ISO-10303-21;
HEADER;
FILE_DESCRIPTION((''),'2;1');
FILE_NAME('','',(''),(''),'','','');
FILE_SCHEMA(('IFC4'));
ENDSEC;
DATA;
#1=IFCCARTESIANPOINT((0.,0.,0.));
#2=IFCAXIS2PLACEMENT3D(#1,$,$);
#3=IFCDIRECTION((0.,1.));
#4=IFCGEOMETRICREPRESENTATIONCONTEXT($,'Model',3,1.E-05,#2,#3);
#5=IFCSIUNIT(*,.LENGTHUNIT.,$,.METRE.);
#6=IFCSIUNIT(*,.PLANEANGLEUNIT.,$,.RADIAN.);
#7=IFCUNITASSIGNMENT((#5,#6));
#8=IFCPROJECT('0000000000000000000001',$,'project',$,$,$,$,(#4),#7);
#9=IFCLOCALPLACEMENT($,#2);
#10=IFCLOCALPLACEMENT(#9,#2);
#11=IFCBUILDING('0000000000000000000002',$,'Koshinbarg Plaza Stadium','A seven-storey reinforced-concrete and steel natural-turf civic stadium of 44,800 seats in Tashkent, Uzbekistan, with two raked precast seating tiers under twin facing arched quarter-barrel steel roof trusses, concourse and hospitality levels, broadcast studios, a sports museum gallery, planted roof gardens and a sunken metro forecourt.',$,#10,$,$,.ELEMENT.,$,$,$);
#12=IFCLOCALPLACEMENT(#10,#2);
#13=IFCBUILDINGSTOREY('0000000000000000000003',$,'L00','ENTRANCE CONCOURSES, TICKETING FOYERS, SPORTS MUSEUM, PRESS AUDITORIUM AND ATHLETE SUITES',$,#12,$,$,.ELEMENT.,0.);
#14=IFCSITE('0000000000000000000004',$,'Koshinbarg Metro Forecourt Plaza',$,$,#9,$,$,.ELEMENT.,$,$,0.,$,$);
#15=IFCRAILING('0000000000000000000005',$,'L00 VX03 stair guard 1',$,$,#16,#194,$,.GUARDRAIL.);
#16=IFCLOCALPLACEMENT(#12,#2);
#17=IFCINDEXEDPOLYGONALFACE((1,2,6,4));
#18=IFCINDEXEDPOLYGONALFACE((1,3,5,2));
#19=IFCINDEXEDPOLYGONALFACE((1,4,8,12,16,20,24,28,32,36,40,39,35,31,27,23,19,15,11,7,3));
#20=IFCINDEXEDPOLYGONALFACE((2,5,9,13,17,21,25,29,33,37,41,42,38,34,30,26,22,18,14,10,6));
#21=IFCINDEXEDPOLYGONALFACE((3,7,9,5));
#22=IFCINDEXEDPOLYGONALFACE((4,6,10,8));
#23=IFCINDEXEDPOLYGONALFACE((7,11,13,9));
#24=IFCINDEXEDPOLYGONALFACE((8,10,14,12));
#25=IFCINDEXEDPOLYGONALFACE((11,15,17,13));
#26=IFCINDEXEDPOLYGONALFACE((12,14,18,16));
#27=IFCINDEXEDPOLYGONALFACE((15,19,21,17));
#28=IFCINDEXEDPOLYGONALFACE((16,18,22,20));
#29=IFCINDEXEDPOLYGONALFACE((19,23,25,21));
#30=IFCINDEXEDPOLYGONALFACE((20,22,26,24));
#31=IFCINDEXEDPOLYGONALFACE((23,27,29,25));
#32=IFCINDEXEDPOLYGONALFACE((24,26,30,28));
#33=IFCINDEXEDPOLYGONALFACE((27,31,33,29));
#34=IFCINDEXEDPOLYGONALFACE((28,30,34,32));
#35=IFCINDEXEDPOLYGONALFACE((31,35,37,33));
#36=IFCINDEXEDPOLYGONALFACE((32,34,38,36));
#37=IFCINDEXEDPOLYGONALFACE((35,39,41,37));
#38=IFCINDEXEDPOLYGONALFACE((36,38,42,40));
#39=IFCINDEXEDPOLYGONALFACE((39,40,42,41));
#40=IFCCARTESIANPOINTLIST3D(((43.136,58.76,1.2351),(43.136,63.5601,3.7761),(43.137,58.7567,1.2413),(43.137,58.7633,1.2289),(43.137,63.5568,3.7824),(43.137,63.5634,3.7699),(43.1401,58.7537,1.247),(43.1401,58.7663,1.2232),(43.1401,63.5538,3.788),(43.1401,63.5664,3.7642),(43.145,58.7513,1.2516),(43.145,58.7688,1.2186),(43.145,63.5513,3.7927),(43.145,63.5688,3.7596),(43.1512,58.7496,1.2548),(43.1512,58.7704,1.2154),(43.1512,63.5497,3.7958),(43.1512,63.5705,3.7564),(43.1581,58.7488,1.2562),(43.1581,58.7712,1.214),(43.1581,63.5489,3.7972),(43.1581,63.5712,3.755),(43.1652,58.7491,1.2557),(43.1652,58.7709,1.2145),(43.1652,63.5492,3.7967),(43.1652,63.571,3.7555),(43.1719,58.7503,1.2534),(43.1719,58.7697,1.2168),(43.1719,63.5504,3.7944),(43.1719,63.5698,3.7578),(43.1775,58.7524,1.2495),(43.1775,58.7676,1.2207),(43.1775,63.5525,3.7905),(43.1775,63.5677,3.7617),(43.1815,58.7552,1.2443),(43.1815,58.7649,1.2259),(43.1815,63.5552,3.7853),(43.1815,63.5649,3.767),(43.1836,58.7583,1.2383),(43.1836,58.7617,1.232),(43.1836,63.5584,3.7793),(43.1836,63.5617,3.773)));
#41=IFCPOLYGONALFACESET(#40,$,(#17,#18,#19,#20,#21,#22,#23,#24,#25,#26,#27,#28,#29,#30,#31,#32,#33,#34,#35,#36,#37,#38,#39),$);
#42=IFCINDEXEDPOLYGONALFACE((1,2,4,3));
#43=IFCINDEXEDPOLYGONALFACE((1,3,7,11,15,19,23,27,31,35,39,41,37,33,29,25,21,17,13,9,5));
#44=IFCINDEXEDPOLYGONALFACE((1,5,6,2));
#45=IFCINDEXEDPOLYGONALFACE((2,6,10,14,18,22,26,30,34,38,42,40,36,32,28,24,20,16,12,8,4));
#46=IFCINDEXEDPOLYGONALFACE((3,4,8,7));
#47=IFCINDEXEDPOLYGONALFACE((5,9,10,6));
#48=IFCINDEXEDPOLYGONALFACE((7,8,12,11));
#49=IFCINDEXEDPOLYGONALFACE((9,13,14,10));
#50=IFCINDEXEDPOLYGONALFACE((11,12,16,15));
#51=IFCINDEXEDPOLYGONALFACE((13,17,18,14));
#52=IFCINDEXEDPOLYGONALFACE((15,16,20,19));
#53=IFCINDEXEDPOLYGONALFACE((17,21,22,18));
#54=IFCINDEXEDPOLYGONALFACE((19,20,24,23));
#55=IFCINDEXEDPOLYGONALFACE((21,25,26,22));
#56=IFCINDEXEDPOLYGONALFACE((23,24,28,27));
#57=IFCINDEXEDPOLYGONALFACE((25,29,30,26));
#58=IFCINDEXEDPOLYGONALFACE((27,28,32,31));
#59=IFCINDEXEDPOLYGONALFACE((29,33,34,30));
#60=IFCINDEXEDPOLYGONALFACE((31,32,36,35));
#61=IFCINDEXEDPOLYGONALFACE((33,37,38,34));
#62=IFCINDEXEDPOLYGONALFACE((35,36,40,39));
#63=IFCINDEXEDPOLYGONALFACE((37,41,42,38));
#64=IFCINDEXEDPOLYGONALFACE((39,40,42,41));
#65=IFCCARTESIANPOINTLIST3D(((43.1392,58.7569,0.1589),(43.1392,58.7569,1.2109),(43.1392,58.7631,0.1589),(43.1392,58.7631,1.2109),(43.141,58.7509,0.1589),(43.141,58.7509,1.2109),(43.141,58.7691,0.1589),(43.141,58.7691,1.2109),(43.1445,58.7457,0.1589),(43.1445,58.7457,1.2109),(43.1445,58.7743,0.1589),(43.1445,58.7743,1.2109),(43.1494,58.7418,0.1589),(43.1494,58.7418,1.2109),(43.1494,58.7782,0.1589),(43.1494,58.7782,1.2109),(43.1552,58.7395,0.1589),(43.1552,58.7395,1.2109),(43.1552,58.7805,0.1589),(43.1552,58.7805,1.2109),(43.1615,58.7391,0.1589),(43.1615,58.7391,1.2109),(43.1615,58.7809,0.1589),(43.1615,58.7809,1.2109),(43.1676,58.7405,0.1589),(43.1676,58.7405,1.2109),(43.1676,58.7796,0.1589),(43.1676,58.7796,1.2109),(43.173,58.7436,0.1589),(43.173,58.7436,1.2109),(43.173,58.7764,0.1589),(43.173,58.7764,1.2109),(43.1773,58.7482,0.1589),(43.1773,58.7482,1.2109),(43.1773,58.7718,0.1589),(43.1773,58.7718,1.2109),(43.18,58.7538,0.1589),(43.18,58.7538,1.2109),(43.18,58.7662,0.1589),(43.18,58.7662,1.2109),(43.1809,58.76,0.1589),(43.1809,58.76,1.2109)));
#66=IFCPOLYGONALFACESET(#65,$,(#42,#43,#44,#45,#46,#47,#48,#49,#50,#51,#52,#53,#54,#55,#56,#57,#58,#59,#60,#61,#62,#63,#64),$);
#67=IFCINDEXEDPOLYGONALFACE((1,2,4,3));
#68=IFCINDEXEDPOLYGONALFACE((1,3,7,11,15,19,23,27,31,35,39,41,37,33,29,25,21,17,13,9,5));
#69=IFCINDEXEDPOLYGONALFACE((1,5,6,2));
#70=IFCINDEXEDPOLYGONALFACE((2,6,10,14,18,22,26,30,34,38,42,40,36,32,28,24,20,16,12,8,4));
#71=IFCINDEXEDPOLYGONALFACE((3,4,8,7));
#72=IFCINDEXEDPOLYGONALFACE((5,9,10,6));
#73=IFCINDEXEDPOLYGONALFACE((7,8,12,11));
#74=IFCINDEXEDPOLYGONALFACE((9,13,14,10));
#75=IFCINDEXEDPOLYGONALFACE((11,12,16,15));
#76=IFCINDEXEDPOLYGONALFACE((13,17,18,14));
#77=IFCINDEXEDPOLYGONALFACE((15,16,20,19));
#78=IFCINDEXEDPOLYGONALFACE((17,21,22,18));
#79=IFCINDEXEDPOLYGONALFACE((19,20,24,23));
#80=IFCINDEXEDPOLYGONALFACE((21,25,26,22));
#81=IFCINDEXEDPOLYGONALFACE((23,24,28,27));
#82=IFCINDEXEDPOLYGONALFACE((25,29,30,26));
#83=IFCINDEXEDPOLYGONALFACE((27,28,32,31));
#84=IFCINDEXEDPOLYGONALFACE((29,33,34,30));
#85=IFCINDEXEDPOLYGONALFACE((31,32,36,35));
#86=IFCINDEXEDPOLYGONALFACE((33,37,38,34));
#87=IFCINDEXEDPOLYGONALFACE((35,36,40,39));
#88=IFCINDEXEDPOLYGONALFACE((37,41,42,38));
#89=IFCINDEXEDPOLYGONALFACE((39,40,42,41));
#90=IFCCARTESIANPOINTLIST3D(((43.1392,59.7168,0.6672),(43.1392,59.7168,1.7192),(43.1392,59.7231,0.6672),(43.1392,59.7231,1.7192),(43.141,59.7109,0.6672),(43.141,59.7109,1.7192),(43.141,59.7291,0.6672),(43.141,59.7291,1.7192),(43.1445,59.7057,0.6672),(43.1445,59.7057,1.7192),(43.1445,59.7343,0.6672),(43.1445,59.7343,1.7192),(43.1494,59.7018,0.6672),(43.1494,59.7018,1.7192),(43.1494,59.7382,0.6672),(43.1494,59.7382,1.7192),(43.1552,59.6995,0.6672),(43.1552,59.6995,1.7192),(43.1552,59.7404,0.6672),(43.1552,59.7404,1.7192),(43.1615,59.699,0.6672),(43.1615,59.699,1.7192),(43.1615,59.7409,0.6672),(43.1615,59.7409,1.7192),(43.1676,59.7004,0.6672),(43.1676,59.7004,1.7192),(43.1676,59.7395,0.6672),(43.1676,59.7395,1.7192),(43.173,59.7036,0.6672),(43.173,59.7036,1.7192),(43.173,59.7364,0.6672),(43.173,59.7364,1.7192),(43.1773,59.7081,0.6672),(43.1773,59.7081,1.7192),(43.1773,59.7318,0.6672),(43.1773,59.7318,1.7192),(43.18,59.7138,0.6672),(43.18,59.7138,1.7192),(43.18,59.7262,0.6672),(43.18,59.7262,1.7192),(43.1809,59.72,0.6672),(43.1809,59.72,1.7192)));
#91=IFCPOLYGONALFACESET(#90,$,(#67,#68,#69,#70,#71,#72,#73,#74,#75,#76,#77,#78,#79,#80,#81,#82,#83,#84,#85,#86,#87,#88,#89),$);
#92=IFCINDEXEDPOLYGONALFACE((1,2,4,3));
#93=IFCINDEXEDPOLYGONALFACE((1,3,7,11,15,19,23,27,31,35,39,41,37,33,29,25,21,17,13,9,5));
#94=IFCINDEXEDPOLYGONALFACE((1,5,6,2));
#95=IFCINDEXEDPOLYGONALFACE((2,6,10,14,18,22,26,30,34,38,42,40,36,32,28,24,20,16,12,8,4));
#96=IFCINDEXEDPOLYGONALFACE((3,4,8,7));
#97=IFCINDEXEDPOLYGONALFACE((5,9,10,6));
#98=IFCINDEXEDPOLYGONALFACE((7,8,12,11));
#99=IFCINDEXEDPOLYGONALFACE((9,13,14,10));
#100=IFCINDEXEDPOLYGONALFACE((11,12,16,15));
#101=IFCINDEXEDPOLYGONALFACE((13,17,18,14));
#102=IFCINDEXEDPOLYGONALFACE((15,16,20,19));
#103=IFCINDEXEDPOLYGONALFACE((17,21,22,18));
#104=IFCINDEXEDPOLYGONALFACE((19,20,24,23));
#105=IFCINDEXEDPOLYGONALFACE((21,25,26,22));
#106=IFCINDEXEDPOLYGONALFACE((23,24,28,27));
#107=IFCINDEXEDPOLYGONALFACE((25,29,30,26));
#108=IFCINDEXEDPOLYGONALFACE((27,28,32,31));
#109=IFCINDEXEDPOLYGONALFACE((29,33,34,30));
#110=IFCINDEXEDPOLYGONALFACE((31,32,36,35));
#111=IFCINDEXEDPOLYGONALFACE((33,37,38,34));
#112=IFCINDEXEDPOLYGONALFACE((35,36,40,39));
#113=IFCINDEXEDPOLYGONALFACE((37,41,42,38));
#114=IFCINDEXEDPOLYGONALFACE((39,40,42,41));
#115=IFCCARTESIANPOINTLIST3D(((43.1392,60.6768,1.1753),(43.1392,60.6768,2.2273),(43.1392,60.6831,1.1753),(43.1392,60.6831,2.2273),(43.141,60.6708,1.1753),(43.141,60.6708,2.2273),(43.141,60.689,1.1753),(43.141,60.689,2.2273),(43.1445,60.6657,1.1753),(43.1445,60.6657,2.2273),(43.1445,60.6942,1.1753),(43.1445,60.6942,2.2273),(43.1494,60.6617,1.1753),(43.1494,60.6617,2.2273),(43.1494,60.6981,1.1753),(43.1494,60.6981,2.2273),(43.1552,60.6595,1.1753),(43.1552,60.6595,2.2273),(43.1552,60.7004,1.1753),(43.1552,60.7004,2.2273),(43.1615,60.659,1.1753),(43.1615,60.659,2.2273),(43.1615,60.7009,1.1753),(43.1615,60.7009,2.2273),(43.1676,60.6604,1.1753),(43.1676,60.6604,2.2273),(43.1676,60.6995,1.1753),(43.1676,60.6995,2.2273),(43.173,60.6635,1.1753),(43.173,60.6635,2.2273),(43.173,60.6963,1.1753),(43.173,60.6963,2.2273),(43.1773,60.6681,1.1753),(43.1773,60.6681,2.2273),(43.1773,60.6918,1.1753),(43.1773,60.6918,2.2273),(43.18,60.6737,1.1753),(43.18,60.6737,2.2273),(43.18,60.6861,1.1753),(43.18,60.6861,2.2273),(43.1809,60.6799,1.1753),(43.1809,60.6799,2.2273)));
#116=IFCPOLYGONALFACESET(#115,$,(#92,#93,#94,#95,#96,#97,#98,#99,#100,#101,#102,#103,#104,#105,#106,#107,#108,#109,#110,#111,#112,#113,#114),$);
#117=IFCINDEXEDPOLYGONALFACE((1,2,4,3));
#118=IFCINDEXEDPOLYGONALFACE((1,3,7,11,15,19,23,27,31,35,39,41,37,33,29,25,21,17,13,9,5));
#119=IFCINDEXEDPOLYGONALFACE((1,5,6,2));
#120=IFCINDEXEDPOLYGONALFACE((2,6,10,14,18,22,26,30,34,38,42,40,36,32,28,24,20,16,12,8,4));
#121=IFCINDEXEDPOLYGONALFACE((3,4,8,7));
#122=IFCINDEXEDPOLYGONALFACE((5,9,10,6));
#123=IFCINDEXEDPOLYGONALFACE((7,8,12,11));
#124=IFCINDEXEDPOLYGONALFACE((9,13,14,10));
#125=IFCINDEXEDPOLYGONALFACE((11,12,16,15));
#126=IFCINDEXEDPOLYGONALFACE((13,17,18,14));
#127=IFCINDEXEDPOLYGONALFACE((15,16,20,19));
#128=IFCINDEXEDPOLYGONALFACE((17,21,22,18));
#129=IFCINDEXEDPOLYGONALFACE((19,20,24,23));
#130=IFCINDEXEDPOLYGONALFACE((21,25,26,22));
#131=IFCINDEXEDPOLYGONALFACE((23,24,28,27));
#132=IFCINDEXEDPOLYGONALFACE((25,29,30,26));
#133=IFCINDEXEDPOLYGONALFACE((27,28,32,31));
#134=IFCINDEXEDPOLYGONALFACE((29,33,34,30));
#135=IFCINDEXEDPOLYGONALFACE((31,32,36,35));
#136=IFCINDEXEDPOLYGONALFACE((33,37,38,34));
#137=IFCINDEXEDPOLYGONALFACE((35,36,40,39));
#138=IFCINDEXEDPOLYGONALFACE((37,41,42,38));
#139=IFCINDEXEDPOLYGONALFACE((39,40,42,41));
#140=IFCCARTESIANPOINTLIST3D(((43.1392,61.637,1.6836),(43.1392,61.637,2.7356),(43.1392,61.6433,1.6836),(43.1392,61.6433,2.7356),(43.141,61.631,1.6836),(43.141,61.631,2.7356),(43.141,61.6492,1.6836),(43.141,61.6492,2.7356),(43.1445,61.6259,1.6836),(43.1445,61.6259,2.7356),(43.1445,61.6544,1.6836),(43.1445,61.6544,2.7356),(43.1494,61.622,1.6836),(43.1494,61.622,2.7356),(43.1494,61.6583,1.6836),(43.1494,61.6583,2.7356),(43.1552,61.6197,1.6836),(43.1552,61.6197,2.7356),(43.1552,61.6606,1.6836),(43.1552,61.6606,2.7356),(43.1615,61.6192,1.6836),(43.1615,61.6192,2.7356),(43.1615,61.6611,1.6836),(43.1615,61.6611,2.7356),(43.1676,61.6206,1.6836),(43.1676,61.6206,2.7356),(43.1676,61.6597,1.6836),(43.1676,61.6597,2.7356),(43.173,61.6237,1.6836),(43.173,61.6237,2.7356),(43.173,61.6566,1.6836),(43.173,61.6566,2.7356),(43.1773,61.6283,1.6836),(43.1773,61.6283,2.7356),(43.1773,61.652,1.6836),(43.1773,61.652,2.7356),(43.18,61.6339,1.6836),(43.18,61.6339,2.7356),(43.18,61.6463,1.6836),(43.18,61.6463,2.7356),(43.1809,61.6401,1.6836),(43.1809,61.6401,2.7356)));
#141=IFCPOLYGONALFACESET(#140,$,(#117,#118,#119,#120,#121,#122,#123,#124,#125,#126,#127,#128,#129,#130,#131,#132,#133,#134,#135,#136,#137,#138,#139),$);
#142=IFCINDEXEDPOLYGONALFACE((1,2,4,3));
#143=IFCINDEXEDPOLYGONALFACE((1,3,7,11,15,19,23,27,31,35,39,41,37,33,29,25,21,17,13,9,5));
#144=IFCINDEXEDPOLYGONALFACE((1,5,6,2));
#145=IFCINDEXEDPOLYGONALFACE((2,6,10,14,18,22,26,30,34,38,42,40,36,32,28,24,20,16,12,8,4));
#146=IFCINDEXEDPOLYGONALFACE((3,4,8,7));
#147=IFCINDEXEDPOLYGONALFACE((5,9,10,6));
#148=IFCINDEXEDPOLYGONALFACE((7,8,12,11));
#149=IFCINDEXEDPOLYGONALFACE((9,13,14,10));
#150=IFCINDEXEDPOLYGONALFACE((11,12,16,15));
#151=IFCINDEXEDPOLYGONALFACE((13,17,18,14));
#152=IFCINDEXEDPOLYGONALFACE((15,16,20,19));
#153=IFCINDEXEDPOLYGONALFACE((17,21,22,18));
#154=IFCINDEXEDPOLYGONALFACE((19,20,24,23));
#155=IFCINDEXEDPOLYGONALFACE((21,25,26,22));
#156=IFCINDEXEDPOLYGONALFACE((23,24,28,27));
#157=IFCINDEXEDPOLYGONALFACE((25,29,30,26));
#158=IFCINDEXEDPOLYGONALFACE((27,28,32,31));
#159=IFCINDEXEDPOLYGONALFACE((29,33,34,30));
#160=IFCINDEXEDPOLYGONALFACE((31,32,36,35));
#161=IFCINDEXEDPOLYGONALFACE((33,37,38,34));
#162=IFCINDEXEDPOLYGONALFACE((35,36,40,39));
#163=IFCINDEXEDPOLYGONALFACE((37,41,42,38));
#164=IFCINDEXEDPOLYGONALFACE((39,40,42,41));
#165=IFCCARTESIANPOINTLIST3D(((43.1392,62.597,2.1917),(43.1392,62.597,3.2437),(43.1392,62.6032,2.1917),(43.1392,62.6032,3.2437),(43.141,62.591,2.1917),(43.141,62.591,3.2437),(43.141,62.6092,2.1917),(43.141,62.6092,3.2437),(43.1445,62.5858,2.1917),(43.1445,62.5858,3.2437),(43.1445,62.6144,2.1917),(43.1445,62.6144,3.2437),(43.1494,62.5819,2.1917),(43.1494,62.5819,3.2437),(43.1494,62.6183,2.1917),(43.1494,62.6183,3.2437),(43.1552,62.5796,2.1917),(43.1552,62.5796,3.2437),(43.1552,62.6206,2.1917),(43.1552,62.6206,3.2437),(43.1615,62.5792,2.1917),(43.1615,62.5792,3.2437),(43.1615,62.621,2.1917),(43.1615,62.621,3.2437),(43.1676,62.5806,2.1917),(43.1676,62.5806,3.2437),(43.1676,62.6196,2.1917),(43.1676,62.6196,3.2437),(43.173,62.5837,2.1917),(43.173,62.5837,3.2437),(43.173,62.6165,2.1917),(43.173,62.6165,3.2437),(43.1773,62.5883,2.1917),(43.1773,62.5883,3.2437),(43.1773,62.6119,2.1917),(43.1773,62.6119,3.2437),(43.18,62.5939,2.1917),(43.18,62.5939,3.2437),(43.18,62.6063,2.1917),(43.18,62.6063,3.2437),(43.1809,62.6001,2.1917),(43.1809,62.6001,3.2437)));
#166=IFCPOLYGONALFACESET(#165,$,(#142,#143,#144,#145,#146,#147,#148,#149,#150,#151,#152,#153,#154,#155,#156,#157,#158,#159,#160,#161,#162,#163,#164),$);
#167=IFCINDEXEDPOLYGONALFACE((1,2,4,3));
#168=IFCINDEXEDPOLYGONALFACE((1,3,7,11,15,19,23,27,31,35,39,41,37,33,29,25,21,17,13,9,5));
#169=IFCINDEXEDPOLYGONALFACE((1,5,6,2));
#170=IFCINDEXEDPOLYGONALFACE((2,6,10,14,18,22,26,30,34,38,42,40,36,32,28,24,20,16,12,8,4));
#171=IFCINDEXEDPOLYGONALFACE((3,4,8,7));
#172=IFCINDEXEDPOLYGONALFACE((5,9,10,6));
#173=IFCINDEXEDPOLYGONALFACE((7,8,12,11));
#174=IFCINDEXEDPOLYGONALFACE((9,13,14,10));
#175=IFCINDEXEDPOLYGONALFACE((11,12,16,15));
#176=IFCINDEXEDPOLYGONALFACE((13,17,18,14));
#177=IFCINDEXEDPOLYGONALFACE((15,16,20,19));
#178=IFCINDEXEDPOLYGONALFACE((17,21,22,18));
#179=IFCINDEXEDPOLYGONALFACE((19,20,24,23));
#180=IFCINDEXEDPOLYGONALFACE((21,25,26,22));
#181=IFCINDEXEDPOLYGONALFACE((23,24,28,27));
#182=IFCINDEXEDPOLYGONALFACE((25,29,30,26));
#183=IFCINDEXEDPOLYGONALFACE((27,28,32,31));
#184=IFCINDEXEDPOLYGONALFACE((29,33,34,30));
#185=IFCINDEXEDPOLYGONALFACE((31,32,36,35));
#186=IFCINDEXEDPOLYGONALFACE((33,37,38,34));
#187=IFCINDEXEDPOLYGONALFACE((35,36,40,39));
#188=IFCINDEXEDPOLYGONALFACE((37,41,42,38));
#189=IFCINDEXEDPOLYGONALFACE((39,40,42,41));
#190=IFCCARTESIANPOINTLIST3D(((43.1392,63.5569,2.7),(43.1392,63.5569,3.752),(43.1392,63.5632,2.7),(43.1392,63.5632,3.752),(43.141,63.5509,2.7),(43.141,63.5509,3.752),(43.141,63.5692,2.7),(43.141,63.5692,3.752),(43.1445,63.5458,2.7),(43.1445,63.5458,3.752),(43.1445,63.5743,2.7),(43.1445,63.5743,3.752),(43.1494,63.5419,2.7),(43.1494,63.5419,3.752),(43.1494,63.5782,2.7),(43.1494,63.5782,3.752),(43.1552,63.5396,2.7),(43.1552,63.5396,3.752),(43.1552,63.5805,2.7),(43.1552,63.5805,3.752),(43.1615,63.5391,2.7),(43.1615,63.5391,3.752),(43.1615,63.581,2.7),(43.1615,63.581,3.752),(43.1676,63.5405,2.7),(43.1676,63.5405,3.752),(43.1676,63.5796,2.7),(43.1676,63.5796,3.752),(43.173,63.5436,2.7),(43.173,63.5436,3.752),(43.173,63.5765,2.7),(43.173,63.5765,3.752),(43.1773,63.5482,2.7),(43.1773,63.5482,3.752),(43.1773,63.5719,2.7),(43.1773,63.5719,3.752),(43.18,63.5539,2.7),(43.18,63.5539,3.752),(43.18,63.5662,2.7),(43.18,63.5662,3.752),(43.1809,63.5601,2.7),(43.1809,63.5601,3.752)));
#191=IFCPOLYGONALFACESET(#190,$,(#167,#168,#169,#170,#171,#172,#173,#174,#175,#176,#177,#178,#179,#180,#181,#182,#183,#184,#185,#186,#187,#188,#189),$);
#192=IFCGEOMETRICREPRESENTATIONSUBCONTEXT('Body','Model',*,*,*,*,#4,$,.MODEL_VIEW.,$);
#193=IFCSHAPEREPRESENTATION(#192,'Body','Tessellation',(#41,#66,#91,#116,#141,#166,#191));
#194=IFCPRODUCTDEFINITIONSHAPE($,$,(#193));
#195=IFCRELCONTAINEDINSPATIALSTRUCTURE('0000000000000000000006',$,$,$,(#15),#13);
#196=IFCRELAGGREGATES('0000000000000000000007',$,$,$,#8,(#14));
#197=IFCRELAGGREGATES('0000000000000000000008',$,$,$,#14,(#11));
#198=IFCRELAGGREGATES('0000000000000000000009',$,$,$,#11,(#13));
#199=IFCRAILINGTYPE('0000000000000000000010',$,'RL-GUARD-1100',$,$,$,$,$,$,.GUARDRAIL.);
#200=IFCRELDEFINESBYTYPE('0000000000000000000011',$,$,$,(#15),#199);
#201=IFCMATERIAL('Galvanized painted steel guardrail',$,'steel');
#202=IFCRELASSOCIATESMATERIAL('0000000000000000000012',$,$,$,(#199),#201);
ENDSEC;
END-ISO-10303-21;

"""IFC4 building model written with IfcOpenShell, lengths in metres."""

from ifc_helpers import new_model, si_unit, direction, frame, origin, origin_2d, place, context, subcontext, project, spatial, circle, extrude, material, type_object, element, save


model = new_model("IFC4")

# Units and contexts
model_context = context("Model", 3, precision=1e-05, world=origin(), true_north=direction((0.0, 1.0)))
body_context = subcontext(model_context, "Body", "Model", "MODEL_VIEW")
ifc_project = project(units=[si_unit("LENGTHUNIT", "METRE"), si_unit("PLANEANGLEUNIT", "RADIAN")], contexts=[model_context])

# Site, building, storey
site_placement = place(None, origin())
site = spatial("IfcSite", under=ifc_project, at=site_placement, Name="Koshinbarg Metro Forecourt Plaza", CompositionType="ELEMENT", RefElevation=0.0)
building_placement = place(site_placement, origin())
building = spatial("IfcBuilding", under=site, at=building_placement, Name="Koshinbarg Plaza Stadium", Description="A seven-storey reinforced-concrete and steel natural-turf civic stadium of 44,800 seats in Tashkent, Uzbekistan, with two raked precast seating tiers under twin facing arched quarter-barrel steel roof trusses, concourse and hospitality levels, broadcast studios, a sports museum gallery, planted roof gardens and a sunken metro forecourt.", CompositionType="ELEMENT")
storey_placement = place(building_placement, origin())
storey = spatial("IfcBuildingStorey", under=building, at=storey_placement, Name="L00", Description="ENTRANCE CONCOURSES, TICKETING FOYERS, SPORTS MUSEUM, PRESS AUDITORIUM AND ATHLETE SUITES", CompositionType="ELEMENT", Elevation=0.0)

# Railing
ifc_material_1 = material(Name="Galvanized painted steel guardrail", Category="steel")
railing_type_1 = type_object("IfcRailingType", Name="RL-GUARD-1100", PredefinedType="GUARDRAIL", material=ifc_material_1)
railing_1_placement = place(storey_placement, frame((43.1599, 58.76, 0.1589)))
element("IfcRailing", 1, at=railing_1_placement, inside=storey, type_object=railing_type_1, Name="L00 VX03 stair guard 1", PredefinedType="GUARDRAIL", context=body_context, shape_type="SweptSolid", body=[
    extrude(circle(Radius=0.0239, at=origin_2d()), frame((0.0, 0.0, 1.0762), z_axis=(0.0, 0.883802, 0.467861), x_axis=(-1.0, 0.0, 0.0)), (0.0, 0.0, 1.0), 5.4312),
    extrude(circle(Radius=0.021, at=origin_2d()), origin(), (0.0, 0.0, 1.0), 1.052),
    extrude(circle(Radius=0.021, at=origin_2d()), frame((0.0, 0.96, 0.5083)), (0.0, 0.0, 1.0), 1.052),
    extrude(circle(Radius=0.021, at=origin_2d()), frame((0.0, 1.9199, 1.0164)), (0.0, 0.0, 1.0), 1.052),
    extrude(circle(Radius=0.021, at=origin_2d()), frame((0.0, 2.8801, 1.5247)), (0.0, 0.0, 1.0), 1.052),
    extrude(circle(Radius=0.021, at=origin_2d()), frame((0.0, 3.8401, 2.0327)), (0.0, 0.0, 1.0), 1.052),
    extrude(circle(Radius=0.021, at=origin_2d()), frame((0.0, 4.8, 2.541)), (0.0, 0.0, 1.0), 1.052),
])

save(model, "model.ifc")
